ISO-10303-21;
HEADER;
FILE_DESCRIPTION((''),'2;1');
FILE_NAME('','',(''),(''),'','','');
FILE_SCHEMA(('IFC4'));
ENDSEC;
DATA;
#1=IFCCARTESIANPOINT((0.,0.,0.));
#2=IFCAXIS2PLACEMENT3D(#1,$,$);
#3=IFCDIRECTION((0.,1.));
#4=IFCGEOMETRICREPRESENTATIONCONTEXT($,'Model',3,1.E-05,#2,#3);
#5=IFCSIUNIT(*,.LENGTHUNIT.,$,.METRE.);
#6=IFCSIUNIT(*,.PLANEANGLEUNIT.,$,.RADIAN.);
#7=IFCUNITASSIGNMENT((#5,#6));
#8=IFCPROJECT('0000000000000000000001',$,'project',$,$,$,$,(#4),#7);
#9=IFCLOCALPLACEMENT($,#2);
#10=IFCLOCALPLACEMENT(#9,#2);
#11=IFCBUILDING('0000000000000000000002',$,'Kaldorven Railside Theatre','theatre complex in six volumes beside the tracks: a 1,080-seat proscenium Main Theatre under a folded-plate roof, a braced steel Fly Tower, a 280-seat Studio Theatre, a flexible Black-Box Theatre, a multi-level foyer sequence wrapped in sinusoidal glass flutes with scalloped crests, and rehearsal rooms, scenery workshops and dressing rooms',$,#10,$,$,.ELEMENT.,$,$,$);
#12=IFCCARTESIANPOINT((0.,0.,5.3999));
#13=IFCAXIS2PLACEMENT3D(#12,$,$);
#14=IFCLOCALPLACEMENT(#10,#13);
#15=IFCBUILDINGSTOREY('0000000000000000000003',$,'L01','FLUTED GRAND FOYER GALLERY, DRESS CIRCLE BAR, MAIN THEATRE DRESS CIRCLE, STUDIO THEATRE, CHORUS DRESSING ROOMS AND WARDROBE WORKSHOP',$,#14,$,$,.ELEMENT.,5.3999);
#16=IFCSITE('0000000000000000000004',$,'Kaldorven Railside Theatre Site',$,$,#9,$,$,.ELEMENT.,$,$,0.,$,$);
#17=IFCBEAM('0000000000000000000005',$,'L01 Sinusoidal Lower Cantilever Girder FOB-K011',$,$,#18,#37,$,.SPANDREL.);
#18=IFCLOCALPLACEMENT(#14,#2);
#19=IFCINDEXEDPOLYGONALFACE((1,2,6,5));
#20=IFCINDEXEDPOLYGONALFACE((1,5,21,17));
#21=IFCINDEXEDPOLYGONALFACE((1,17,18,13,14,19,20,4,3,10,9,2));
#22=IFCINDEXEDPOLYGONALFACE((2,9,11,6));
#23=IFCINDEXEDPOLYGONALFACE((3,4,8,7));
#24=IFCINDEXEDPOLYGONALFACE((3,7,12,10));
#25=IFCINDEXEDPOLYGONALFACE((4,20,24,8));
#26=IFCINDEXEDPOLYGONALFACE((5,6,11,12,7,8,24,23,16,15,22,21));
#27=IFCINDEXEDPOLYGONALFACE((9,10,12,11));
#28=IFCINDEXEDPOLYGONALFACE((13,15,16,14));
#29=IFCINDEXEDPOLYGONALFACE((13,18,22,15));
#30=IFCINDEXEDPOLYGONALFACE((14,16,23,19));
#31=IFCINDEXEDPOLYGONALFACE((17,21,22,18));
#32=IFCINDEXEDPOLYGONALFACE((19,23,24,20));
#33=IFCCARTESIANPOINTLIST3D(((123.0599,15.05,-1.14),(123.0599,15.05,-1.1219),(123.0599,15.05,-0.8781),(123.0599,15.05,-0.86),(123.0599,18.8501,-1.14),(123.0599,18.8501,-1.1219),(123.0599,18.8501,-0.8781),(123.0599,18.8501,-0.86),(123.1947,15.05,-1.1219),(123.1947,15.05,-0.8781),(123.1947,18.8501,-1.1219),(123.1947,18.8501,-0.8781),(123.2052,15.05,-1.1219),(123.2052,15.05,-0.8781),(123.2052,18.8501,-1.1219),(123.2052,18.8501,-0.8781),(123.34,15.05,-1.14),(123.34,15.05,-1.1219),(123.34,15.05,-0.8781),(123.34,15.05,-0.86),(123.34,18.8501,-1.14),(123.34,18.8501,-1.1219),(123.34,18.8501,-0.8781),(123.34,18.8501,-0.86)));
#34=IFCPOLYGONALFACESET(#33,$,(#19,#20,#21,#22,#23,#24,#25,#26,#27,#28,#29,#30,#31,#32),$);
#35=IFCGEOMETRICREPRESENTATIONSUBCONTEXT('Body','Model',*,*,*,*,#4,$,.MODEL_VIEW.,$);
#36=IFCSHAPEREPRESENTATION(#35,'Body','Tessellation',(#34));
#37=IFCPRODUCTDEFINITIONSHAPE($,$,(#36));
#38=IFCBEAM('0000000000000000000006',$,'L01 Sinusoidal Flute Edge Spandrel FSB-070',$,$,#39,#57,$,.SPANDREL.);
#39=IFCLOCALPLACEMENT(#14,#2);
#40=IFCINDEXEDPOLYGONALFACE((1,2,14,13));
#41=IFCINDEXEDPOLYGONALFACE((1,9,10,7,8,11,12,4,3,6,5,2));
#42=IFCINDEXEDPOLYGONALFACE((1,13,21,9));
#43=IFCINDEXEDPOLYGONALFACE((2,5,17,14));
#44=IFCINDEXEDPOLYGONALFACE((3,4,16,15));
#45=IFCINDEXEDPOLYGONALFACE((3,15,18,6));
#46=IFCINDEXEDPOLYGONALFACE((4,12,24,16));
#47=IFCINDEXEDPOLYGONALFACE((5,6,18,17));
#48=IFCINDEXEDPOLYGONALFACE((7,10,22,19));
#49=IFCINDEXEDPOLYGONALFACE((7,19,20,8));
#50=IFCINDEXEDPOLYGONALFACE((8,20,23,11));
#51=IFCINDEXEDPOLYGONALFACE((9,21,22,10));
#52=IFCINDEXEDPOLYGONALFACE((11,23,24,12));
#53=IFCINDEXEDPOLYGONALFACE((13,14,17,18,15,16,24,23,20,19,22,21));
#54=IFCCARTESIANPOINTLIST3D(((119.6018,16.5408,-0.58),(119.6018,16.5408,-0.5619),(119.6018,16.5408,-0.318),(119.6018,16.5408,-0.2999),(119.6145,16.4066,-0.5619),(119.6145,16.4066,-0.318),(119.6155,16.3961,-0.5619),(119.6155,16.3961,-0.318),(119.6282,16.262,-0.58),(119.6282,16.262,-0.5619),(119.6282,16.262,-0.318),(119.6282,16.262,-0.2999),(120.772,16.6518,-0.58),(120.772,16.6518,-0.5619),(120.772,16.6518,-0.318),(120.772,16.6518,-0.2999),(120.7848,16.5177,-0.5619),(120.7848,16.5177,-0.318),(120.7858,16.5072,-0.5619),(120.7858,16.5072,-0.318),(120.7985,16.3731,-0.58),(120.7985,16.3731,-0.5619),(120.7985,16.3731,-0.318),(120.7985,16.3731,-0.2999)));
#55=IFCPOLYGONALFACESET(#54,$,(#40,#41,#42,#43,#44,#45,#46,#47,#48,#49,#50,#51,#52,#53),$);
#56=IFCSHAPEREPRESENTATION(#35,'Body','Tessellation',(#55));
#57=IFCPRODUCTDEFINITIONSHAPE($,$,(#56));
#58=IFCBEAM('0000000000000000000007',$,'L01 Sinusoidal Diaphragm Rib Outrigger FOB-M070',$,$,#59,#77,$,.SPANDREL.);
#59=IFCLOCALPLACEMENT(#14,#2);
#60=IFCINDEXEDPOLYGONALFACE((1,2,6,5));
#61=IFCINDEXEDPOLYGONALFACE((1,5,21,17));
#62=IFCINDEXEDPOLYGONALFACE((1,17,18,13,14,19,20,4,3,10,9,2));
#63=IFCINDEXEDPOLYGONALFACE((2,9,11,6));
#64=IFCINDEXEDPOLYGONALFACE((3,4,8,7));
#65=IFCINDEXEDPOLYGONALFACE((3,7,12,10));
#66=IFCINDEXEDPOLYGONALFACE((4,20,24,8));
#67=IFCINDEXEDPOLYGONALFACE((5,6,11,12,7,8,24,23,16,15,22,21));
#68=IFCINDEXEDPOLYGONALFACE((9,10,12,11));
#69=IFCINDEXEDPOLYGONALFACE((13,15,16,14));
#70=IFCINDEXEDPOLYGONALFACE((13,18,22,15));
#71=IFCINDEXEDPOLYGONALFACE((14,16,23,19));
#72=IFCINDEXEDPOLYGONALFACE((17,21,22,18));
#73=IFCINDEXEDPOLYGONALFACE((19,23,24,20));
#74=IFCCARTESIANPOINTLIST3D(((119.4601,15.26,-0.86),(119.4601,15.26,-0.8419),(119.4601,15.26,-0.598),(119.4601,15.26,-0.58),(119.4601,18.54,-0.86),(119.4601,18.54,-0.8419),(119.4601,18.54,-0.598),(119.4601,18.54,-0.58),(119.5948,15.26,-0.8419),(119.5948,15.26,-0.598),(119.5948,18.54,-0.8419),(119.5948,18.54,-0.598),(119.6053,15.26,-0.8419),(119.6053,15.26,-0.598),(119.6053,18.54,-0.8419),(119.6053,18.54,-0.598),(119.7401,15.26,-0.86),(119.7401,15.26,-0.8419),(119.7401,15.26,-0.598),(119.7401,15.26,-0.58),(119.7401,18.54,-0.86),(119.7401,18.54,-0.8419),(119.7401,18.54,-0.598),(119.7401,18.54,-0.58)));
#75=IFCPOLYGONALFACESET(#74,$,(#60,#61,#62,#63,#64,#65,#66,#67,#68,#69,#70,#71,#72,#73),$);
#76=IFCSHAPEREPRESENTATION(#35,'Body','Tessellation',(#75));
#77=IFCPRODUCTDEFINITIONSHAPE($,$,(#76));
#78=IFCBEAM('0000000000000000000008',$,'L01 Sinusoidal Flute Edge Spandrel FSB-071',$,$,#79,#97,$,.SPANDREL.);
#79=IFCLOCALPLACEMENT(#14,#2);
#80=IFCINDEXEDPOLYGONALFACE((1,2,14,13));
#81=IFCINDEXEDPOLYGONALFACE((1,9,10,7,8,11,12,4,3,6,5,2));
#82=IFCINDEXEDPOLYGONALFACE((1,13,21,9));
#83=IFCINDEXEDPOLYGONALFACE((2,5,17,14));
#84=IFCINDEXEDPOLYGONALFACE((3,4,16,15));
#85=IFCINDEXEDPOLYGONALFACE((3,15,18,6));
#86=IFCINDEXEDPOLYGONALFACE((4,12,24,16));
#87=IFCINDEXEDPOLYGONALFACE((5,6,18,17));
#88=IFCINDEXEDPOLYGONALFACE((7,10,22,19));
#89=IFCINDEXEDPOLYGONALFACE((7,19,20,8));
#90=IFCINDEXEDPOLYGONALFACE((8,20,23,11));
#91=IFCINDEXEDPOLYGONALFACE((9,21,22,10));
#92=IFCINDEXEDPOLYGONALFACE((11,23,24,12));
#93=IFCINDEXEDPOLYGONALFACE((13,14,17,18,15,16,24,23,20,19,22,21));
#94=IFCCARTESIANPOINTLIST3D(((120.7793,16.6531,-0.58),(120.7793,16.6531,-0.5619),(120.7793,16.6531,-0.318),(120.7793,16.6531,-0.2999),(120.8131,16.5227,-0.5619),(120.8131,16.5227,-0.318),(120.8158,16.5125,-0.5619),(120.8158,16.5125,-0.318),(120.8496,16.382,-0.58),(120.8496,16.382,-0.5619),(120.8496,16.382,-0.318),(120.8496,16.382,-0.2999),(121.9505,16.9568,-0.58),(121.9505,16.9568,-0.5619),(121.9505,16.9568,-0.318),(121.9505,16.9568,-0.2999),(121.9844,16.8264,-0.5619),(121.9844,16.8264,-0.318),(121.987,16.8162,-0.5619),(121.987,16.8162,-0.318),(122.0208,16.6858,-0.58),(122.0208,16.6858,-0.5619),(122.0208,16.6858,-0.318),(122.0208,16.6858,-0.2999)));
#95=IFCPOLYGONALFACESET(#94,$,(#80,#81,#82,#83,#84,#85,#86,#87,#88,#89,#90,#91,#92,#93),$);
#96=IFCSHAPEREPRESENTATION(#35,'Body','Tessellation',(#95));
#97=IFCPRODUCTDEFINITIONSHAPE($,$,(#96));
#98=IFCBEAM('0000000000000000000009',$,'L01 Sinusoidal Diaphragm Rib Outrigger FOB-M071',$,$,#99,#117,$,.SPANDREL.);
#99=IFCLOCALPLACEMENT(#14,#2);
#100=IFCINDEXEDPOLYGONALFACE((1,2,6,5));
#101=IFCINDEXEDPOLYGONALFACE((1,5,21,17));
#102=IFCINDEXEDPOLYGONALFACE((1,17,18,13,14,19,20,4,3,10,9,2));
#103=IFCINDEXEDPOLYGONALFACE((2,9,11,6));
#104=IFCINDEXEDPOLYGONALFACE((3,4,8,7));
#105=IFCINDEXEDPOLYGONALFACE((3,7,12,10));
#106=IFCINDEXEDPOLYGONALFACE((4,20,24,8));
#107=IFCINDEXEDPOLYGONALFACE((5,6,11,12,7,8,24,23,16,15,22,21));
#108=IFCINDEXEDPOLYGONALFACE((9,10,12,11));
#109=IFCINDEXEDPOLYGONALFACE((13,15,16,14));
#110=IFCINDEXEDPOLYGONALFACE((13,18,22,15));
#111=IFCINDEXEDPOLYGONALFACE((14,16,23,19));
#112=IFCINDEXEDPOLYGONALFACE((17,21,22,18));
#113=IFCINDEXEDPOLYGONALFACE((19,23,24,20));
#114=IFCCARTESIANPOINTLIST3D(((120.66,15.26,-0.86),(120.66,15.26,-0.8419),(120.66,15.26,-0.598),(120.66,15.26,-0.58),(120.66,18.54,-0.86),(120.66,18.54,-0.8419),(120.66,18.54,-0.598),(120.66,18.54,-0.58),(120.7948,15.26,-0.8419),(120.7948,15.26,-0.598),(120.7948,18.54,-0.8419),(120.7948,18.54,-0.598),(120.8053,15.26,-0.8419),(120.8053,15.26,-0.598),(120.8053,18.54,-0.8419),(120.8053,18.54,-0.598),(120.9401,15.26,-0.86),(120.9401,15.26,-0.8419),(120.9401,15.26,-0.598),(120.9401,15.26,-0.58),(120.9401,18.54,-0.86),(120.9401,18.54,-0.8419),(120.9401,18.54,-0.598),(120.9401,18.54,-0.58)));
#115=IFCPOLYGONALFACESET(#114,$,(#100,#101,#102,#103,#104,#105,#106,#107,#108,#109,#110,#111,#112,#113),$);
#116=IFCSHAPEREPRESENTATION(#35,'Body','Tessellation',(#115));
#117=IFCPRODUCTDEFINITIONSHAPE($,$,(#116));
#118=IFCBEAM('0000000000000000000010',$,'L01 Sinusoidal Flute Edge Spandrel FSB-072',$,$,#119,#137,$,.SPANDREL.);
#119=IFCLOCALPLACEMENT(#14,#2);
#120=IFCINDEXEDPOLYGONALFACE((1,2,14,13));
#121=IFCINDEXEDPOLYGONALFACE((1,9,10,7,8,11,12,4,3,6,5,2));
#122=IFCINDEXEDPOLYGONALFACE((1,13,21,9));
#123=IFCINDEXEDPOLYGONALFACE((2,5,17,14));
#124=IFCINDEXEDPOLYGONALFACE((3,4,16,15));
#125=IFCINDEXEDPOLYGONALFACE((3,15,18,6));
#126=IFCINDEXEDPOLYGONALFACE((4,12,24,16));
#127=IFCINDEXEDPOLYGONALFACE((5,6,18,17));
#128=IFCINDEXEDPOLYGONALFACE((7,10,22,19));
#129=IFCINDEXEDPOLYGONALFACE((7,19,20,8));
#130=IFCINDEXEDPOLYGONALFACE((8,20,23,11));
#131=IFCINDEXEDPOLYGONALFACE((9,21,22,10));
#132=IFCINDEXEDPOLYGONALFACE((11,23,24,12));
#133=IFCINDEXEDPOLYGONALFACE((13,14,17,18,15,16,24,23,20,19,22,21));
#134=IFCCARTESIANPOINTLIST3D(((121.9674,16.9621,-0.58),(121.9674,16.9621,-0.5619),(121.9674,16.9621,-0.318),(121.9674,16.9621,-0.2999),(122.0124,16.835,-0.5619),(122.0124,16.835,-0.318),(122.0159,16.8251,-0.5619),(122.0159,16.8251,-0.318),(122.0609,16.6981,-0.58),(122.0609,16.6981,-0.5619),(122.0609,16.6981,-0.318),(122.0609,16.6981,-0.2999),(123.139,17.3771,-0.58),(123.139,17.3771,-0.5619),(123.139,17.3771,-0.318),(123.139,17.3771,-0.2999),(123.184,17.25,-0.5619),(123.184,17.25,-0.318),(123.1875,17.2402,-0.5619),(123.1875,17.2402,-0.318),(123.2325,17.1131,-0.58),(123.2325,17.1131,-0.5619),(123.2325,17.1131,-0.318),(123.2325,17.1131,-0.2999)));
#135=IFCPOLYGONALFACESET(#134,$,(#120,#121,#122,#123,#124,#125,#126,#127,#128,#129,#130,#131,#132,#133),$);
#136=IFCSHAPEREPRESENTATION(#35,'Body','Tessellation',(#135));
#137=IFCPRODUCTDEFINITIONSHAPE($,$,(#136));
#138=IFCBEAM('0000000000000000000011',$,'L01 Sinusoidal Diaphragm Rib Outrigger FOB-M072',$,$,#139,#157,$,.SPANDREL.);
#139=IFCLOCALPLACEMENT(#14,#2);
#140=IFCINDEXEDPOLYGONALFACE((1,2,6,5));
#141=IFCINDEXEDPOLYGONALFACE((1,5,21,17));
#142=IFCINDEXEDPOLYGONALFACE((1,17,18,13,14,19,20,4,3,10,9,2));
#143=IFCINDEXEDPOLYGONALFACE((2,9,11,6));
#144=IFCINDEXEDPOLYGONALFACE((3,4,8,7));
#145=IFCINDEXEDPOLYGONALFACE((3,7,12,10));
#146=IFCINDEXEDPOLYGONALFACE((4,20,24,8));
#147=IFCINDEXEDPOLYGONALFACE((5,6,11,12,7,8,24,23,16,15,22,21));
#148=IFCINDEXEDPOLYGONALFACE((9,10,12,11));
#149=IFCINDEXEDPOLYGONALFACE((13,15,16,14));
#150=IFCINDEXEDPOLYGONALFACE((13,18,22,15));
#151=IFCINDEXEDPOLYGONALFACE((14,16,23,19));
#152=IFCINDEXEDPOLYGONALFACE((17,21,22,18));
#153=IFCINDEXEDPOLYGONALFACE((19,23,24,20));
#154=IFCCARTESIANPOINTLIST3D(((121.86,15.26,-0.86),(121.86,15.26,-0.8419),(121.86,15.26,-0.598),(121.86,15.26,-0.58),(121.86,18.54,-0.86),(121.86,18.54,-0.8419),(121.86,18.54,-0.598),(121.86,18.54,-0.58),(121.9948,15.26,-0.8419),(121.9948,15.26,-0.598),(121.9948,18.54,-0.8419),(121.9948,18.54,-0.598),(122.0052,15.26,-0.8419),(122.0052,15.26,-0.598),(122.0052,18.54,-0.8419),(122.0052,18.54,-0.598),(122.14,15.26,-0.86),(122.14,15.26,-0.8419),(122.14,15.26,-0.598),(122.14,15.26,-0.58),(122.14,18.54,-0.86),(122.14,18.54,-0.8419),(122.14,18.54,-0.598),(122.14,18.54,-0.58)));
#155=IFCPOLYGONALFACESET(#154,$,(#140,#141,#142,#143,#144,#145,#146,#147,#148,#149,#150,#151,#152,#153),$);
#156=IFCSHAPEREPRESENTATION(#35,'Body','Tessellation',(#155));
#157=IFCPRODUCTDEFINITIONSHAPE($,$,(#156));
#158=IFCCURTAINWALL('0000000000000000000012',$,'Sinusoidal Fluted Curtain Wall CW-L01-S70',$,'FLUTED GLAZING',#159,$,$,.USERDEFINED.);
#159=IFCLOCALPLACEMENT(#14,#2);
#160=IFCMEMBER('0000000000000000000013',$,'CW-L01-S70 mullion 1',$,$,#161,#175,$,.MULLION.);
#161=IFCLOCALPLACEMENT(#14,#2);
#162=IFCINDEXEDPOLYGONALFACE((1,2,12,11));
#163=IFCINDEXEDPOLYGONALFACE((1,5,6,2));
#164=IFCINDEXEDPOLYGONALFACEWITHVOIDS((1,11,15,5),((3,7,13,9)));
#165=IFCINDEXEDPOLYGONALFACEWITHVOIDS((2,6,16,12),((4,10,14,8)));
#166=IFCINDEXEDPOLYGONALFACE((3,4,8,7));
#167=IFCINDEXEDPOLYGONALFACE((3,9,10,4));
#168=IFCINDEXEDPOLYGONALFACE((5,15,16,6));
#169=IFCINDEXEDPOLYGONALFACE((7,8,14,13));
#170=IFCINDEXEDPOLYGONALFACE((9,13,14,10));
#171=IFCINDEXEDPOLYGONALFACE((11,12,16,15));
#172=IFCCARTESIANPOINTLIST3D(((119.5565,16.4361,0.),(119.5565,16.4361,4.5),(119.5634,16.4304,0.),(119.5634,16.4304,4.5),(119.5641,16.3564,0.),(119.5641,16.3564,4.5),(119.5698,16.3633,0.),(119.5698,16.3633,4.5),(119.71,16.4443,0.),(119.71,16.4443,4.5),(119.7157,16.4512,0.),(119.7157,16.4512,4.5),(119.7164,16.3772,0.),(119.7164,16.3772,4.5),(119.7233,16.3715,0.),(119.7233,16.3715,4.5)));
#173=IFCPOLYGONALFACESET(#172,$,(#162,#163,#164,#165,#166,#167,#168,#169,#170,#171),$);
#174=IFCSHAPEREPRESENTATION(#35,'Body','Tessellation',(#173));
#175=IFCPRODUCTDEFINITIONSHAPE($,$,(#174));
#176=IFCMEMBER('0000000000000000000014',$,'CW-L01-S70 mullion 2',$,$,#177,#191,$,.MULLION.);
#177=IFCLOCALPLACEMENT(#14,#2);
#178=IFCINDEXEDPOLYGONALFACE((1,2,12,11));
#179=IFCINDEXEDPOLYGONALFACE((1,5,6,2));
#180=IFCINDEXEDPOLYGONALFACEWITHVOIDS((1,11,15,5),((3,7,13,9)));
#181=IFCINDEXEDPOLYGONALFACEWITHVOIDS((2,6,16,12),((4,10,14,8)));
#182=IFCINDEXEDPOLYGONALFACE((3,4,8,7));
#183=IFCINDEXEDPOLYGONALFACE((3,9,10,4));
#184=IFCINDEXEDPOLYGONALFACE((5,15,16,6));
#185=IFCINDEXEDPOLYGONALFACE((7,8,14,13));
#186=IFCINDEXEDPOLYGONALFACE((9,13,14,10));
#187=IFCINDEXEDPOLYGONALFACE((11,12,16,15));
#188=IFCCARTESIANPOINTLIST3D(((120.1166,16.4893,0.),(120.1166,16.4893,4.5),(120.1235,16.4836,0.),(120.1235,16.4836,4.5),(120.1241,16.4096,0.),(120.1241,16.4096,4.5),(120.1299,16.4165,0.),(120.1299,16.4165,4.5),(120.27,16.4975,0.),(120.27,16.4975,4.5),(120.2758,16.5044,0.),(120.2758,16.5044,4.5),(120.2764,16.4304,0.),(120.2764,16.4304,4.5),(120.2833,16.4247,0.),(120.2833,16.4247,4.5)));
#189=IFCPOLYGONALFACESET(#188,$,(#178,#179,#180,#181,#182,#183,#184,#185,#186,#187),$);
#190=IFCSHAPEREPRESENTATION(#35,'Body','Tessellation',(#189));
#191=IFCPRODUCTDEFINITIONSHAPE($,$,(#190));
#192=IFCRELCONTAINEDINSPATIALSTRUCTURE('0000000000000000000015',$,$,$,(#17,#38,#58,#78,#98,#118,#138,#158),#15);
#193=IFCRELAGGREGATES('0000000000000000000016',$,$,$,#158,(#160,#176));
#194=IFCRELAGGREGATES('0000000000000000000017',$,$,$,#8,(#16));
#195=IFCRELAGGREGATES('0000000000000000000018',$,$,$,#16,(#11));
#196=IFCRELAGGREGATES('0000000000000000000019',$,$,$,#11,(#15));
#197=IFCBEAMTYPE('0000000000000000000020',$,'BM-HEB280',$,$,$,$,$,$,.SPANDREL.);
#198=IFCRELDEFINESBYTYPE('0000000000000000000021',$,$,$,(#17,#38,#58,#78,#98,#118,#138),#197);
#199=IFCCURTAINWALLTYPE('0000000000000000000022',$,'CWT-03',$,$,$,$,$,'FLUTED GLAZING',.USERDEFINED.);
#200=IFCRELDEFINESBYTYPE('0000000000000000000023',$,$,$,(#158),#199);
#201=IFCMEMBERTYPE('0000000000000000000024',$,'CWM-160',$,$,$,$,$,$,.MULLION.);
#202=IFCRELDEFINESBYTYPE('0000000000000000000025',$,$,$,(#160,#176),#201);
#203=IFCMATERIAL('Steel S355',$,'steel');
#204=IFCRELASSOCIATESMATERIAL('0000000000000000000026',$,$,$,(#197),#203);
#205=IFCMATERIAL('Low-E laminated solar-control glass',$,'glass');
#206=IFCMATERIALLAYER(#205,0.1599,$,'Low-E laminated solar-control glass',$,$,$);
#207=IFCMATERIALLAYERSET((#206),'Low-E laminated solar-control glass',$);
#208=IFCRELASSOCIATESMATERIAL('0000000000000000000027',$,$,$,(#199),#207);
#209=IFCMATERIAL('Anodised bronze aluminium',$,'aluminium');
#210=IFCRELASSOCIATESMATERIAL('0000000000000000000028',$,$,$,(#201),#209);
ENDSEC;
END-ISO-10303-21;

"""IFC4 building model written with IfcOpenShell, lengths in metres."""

from ifc_helpers import new_model, si_unit, direction, frame, origin, origin_2d, place, context, subcontext, project, spatial, hollow_rectangle, i_section, extrude, material, layer, layer_set, material_profile, profile_set, type_object, element, aggregate, save


model = new_model("IFC4")

# Units and contexts
model_context = context("Model", 3, precision=1e-05, world=origin(), true_north=direction((0.0, 1.0)))
body_context = subcontext(model_context, "Body", "Model", "MODEL_VIEW")
ifc_project = project(units=[si_unit("LENGTHUNIT", "METRE"), si_unit("PLANEANGLEUNIT", "RADIAN")], contexts=[model_context])

# Site, building, storey
site_placement = place(None, origin())
site = spatial("IfcSite", under=ifc_project, at=site_placement, Name="Kaldorven Railside Theatre Site", CompositionType="ELEMENT", RefElevation=0.0)
building_placement = place(site_placement, origin())
building = spatial("IfcBuilding", under=site, at=building_placement, Name="Kaldorven Railside Theatre", Description="theatre complex in six volumes beside the tracks: a 1,080-seat proscenium Main Theatre under a folded-plate roof, a braced steel Fly Tower, a 280-seat Studio Theatre, a flexible Black-Box Theatre, a multi-level foyer sequence wrapped in sinusoidal glass flutes with scalloped crests, and rehearsal rooms, scenery workshops and dressing rooms", CompositionType="ELEMENT")
storey_placement = place(building_placement, frame((0.0, 0.0, 5.3999)))
storey = spatial("IfcBuildingStorey", under=building, at=storey_placement, Name="L01", Description="FLUTED GRAND FOYER GALLERY, DRESS CIRCLE BAR, MAIN THEATRE DRESS CIRCLE, STUDIO THEATRE, CHORUS DRESSING ROOMS AND WARDROBE WORKSHOP", CompositionType="ELEMENT", Elevation=5.3999)

# Beams
ifc_material_1 = material(Name="Steel S355", Category="steel")
ifc_material_profile_1 = material_profile(ifc_material_1, i_section(OverallWidth=0.28, OverallDepth=0.28, WebThickness=0.0105, FlangeThickness=0.0181, at=origin_2d()), Name="HEB 280")
ifc_profile_set_1 = profile_set([ifc_material_profile_1], Name="Steel S355")
beam_type = type_object("IfcBeamType", Name="BM-HEB280", PredefinedType="SPANDREL", material=ifc_profile_set_1)
beam_1_placement = place(storey_placement, frame((123.2, 15.05, -1.0), z_axis=(0.0, 1.0, 0.0), x_axis=(-1.0, 0.0, 0.0)))
element("IfcBeam", 1, at=beam_1_placement, inside=storey, type_object=beam_type, Name="L01 Sinusoidal Lower Cantilever Girder FOB-K011", PredefinedType="SPANDREL", context=body_context, shape_type="SweptSolid", body=[
    extrude(i_section(OverallWidth=0.28, OverallDepth=0.28, WebThickness=0.0105, FlangeThickness=0.0181, at=origin_2d()), origin(), (0.0, 0.0, 1.0), 3.8),
])
beam_2_placement = place(storey_placement, frame((119.615, 16.4014, -0.4399), z_axis=(0.995524, 0.094505, 0.0), x_axis=(-0.094505, 0.995524, 0.0)))
element("IfcBeam", 2, at=beam_2_placement, inside=storey, type_object=beam_type, Name="L01 Sinusoidal Flute Edge Spandrel FSB-070", PredefinedType="SPANDREL", context=body_context, shape_type="SweptSolid", body=[
    extrude(i_section(OverallWidth=0.28, OverallDepth=0.28, WebThickness=0.0105, FlangeThickness=0.0181, at=origin_2d()), origin(), (0.0, 0.0, 1.0), 1.1755),
])
beam_3_placement = place(storey_placement, frame((119.6001, 15.26, -0.72), z_axis=(0.0, 1.0, 0.0), x_axis=(-1.0, 0.0, 0.0)))
element("IfcBeam", 3, at=beam_3_placement, inside=storey, type_object=beam_type, Name="L01 Sinusoidal Diaphragm Rib Outrigger FOB-M070", PredefinedType="SPANDREL", context=body_context, shape_type="SweptSolid", body=[
    extrude(i_section(OverallWidth=0.28, OverallDepth=0.28, WebThickness=0.0105, FlangeThickness=0.0181, at=origin_2d()), origin(), (0.0, 0.0, 1.0), 3.28),
])
beam_4_placement = place(storey_placement, frame((120.8145, 16.5176, -0.4399), z_axis=(0.967981, 0.251025, 0.0), x_axis=(-0.251025, 0.967981, 0.0)))
element("IfcBeam", 4, at=beam_4_placement, inside=storey, type_object=beam_type, Name="L01 Sinusoidal Flute Edge Spandrel FSB-071", PredefinedType="SPANDREL", context=body_context, shape_type="SweptSolid", body=[
    extrude(i_section(OverallWidth=0.28, OverallDepth=0.28, WebThickness=0.0105, FlangeThickness=0.0181, at=origin_2d()), origin(), (0.0, 0.0, 1.0), 1.21),
])
beam_5_placement = place(storey_placement, frame((120.8, 15.26, -0.72), z_axis=(0.0, 1.0, 0.0), x_axis=(-1.0, 0.0, 0.0)))
element("IfcBeam", 5, at=beam_5_placement, inside=storey, type_object=beam_type, Name="L01 Sinusoidal Diaphragm Rib Outrigger FOB-M071", PredefinedType="SPANDREL", context=body_context, shape_type="SweptSolid", body=[
    extrude(i_section(OverallWidth=0.28, OverallDepth=0.28, WebThickness=0.0105, FlangeThickness=0.0181, at=origin_2d()), origin(), (0.0, 0.0, 1.0), 3.28),
])
beam_6_placement = place(storey_placement, frame((122.0142, 16.8301, -0.4399), z_axis=(0.942605, 0.333909, 0.0), x_axis=(-0.333909, 0.942605, 0.0)))
element("IfcBeam", 6, at=beam_6_placement, inside=storey, type_object=beam_type, Name="L01 Sinusoidal Flute Edge Spandrel FSB-072", PredefinedType="SPANDREL", context=body_context, shape_type="SweptSolid", body=[
    extrude(i_section(OverallWidth=0.28, OverallDepth=0.28, WebThickness=0.0105, FlangeThickness=0.0181, at=origin_2d()), origin(), (0.0, 0.0, 1.0), 1.2429),
])
beam_7_placement = place(storey_placement, frame((122.0, 15.26, -0.72), z_axis=(0.0, 1.0, 0.0), x_axis=(-1.0, 0.0, 0.0)))
element("IfcBeam", 7, at=beam_7_placement, inside=storey, type_object=beam_type, Name="L01 Sinusoidal Diaphragm Rib Outrigger FOB-M072", PredefinedType="SPANDREL", context=body_context, shape_type="SweptSolid", body=[
    extrude(i_section(OverallWidth=0.28, OverallDepth=0.28, WebThickness=0.0105, FlangeThickness=0.0181, at=origin_2d()), origin(), (0.0, 0.0, 1.0), 3.28),
])

# Curtain wall, members
ifc_material_2 = material(Name="Low-E laminated solar-control glass", Category="glass")
ifc_layer_1 = layer(ifc_material_2, 0.1599, Name="Low-E laminated solar-control glass")
ifc_layer_set_1 = layer_set([ifc_layer_1], Name="Low-E laminated solar-control glass")
curtain_wall_type_1 = type_object("IfcCurtainWallType", Name="CWT-03", ElementType="FLUTED GLAZING", PredefinedType="USERDEFINED", material=ifc_layer_set_1)
curtain_wall_1_placement = place(storey_placement, origin())
curtain_wall_1 = element("IfcCurtainWall", 8, at=curtain_wall_1_placement, inside=storey, type_object=curtain_wall_type_1, Name="Sinusoidal Fluted Curtain Wall CW-L01-S70", ObjectType="FLUTED GLAZING", PredefinedType="USERDEFINED")
ifc_material_3 = material(Name="Anodised bronze aluminium", Category="aluminium")
ifc_material_profile_2 = material_profile(ifc_material_3, hollow_rectangle(XDim=0.0801, YDim=0.1599, WallThickness=0.0063, at=origin_2d()), Name="RHS 160x80x6.3")
ifc_profile_set_2 = profile_set([ifc_material_profile_2], Name="Anodised bronze aluminium")
member_type_1 = type_object("IfcMemberType", Name="CWM-160", PredefinedType="MULLION", material=ifc_profile_set_2)
member_1_placement = place(storey_placement, frame((119.6399, 16.4038, 0.0), z_axis=(0.0, 0.0, 1.0), x_axis=(-0.094492, 0.995526, 0.0)))
member_1 = element("IfcMember", 9, at=member_1_placement, type_object=member_type_1, Name="CW-L01-S70 mullion 1", PredefinedType="MULLION", context=body_context, shape_type="SweptSolid", body=[
    extrude(hollow_rectangle(XDim=0.0801, YDim=0.1599, WallThickness=0.0063, at=origin_2d()), origin(), (0.0, 0.0, 1.0), 4.5),
])
member_2_placement = place(storey_placement, frame((120.2, 16.457, 0.0), z_axis=(0.0, 0.0, 1.0), x_axis=(-0.094492, 0.995526, 0.0)))
member_2 = element("IfcMember", 10, at=member_2_placement, type_object=member_type_1, Name="CW-L01-S70 mullion 2", PredefinedType="MULLION", context=body_context, shape_type="SweptSolid", body=[
    extrude(hollow_rectangle(XDim=0.0801, YDim=0.1599, WallThickness=0.0063, at=origin_2d()), origin(), (0.0, 0.0, 1.0), 4.5),
])

aggregate(curtain_wall_1, [member_1, member_2])

save(model, "model.ifc")
